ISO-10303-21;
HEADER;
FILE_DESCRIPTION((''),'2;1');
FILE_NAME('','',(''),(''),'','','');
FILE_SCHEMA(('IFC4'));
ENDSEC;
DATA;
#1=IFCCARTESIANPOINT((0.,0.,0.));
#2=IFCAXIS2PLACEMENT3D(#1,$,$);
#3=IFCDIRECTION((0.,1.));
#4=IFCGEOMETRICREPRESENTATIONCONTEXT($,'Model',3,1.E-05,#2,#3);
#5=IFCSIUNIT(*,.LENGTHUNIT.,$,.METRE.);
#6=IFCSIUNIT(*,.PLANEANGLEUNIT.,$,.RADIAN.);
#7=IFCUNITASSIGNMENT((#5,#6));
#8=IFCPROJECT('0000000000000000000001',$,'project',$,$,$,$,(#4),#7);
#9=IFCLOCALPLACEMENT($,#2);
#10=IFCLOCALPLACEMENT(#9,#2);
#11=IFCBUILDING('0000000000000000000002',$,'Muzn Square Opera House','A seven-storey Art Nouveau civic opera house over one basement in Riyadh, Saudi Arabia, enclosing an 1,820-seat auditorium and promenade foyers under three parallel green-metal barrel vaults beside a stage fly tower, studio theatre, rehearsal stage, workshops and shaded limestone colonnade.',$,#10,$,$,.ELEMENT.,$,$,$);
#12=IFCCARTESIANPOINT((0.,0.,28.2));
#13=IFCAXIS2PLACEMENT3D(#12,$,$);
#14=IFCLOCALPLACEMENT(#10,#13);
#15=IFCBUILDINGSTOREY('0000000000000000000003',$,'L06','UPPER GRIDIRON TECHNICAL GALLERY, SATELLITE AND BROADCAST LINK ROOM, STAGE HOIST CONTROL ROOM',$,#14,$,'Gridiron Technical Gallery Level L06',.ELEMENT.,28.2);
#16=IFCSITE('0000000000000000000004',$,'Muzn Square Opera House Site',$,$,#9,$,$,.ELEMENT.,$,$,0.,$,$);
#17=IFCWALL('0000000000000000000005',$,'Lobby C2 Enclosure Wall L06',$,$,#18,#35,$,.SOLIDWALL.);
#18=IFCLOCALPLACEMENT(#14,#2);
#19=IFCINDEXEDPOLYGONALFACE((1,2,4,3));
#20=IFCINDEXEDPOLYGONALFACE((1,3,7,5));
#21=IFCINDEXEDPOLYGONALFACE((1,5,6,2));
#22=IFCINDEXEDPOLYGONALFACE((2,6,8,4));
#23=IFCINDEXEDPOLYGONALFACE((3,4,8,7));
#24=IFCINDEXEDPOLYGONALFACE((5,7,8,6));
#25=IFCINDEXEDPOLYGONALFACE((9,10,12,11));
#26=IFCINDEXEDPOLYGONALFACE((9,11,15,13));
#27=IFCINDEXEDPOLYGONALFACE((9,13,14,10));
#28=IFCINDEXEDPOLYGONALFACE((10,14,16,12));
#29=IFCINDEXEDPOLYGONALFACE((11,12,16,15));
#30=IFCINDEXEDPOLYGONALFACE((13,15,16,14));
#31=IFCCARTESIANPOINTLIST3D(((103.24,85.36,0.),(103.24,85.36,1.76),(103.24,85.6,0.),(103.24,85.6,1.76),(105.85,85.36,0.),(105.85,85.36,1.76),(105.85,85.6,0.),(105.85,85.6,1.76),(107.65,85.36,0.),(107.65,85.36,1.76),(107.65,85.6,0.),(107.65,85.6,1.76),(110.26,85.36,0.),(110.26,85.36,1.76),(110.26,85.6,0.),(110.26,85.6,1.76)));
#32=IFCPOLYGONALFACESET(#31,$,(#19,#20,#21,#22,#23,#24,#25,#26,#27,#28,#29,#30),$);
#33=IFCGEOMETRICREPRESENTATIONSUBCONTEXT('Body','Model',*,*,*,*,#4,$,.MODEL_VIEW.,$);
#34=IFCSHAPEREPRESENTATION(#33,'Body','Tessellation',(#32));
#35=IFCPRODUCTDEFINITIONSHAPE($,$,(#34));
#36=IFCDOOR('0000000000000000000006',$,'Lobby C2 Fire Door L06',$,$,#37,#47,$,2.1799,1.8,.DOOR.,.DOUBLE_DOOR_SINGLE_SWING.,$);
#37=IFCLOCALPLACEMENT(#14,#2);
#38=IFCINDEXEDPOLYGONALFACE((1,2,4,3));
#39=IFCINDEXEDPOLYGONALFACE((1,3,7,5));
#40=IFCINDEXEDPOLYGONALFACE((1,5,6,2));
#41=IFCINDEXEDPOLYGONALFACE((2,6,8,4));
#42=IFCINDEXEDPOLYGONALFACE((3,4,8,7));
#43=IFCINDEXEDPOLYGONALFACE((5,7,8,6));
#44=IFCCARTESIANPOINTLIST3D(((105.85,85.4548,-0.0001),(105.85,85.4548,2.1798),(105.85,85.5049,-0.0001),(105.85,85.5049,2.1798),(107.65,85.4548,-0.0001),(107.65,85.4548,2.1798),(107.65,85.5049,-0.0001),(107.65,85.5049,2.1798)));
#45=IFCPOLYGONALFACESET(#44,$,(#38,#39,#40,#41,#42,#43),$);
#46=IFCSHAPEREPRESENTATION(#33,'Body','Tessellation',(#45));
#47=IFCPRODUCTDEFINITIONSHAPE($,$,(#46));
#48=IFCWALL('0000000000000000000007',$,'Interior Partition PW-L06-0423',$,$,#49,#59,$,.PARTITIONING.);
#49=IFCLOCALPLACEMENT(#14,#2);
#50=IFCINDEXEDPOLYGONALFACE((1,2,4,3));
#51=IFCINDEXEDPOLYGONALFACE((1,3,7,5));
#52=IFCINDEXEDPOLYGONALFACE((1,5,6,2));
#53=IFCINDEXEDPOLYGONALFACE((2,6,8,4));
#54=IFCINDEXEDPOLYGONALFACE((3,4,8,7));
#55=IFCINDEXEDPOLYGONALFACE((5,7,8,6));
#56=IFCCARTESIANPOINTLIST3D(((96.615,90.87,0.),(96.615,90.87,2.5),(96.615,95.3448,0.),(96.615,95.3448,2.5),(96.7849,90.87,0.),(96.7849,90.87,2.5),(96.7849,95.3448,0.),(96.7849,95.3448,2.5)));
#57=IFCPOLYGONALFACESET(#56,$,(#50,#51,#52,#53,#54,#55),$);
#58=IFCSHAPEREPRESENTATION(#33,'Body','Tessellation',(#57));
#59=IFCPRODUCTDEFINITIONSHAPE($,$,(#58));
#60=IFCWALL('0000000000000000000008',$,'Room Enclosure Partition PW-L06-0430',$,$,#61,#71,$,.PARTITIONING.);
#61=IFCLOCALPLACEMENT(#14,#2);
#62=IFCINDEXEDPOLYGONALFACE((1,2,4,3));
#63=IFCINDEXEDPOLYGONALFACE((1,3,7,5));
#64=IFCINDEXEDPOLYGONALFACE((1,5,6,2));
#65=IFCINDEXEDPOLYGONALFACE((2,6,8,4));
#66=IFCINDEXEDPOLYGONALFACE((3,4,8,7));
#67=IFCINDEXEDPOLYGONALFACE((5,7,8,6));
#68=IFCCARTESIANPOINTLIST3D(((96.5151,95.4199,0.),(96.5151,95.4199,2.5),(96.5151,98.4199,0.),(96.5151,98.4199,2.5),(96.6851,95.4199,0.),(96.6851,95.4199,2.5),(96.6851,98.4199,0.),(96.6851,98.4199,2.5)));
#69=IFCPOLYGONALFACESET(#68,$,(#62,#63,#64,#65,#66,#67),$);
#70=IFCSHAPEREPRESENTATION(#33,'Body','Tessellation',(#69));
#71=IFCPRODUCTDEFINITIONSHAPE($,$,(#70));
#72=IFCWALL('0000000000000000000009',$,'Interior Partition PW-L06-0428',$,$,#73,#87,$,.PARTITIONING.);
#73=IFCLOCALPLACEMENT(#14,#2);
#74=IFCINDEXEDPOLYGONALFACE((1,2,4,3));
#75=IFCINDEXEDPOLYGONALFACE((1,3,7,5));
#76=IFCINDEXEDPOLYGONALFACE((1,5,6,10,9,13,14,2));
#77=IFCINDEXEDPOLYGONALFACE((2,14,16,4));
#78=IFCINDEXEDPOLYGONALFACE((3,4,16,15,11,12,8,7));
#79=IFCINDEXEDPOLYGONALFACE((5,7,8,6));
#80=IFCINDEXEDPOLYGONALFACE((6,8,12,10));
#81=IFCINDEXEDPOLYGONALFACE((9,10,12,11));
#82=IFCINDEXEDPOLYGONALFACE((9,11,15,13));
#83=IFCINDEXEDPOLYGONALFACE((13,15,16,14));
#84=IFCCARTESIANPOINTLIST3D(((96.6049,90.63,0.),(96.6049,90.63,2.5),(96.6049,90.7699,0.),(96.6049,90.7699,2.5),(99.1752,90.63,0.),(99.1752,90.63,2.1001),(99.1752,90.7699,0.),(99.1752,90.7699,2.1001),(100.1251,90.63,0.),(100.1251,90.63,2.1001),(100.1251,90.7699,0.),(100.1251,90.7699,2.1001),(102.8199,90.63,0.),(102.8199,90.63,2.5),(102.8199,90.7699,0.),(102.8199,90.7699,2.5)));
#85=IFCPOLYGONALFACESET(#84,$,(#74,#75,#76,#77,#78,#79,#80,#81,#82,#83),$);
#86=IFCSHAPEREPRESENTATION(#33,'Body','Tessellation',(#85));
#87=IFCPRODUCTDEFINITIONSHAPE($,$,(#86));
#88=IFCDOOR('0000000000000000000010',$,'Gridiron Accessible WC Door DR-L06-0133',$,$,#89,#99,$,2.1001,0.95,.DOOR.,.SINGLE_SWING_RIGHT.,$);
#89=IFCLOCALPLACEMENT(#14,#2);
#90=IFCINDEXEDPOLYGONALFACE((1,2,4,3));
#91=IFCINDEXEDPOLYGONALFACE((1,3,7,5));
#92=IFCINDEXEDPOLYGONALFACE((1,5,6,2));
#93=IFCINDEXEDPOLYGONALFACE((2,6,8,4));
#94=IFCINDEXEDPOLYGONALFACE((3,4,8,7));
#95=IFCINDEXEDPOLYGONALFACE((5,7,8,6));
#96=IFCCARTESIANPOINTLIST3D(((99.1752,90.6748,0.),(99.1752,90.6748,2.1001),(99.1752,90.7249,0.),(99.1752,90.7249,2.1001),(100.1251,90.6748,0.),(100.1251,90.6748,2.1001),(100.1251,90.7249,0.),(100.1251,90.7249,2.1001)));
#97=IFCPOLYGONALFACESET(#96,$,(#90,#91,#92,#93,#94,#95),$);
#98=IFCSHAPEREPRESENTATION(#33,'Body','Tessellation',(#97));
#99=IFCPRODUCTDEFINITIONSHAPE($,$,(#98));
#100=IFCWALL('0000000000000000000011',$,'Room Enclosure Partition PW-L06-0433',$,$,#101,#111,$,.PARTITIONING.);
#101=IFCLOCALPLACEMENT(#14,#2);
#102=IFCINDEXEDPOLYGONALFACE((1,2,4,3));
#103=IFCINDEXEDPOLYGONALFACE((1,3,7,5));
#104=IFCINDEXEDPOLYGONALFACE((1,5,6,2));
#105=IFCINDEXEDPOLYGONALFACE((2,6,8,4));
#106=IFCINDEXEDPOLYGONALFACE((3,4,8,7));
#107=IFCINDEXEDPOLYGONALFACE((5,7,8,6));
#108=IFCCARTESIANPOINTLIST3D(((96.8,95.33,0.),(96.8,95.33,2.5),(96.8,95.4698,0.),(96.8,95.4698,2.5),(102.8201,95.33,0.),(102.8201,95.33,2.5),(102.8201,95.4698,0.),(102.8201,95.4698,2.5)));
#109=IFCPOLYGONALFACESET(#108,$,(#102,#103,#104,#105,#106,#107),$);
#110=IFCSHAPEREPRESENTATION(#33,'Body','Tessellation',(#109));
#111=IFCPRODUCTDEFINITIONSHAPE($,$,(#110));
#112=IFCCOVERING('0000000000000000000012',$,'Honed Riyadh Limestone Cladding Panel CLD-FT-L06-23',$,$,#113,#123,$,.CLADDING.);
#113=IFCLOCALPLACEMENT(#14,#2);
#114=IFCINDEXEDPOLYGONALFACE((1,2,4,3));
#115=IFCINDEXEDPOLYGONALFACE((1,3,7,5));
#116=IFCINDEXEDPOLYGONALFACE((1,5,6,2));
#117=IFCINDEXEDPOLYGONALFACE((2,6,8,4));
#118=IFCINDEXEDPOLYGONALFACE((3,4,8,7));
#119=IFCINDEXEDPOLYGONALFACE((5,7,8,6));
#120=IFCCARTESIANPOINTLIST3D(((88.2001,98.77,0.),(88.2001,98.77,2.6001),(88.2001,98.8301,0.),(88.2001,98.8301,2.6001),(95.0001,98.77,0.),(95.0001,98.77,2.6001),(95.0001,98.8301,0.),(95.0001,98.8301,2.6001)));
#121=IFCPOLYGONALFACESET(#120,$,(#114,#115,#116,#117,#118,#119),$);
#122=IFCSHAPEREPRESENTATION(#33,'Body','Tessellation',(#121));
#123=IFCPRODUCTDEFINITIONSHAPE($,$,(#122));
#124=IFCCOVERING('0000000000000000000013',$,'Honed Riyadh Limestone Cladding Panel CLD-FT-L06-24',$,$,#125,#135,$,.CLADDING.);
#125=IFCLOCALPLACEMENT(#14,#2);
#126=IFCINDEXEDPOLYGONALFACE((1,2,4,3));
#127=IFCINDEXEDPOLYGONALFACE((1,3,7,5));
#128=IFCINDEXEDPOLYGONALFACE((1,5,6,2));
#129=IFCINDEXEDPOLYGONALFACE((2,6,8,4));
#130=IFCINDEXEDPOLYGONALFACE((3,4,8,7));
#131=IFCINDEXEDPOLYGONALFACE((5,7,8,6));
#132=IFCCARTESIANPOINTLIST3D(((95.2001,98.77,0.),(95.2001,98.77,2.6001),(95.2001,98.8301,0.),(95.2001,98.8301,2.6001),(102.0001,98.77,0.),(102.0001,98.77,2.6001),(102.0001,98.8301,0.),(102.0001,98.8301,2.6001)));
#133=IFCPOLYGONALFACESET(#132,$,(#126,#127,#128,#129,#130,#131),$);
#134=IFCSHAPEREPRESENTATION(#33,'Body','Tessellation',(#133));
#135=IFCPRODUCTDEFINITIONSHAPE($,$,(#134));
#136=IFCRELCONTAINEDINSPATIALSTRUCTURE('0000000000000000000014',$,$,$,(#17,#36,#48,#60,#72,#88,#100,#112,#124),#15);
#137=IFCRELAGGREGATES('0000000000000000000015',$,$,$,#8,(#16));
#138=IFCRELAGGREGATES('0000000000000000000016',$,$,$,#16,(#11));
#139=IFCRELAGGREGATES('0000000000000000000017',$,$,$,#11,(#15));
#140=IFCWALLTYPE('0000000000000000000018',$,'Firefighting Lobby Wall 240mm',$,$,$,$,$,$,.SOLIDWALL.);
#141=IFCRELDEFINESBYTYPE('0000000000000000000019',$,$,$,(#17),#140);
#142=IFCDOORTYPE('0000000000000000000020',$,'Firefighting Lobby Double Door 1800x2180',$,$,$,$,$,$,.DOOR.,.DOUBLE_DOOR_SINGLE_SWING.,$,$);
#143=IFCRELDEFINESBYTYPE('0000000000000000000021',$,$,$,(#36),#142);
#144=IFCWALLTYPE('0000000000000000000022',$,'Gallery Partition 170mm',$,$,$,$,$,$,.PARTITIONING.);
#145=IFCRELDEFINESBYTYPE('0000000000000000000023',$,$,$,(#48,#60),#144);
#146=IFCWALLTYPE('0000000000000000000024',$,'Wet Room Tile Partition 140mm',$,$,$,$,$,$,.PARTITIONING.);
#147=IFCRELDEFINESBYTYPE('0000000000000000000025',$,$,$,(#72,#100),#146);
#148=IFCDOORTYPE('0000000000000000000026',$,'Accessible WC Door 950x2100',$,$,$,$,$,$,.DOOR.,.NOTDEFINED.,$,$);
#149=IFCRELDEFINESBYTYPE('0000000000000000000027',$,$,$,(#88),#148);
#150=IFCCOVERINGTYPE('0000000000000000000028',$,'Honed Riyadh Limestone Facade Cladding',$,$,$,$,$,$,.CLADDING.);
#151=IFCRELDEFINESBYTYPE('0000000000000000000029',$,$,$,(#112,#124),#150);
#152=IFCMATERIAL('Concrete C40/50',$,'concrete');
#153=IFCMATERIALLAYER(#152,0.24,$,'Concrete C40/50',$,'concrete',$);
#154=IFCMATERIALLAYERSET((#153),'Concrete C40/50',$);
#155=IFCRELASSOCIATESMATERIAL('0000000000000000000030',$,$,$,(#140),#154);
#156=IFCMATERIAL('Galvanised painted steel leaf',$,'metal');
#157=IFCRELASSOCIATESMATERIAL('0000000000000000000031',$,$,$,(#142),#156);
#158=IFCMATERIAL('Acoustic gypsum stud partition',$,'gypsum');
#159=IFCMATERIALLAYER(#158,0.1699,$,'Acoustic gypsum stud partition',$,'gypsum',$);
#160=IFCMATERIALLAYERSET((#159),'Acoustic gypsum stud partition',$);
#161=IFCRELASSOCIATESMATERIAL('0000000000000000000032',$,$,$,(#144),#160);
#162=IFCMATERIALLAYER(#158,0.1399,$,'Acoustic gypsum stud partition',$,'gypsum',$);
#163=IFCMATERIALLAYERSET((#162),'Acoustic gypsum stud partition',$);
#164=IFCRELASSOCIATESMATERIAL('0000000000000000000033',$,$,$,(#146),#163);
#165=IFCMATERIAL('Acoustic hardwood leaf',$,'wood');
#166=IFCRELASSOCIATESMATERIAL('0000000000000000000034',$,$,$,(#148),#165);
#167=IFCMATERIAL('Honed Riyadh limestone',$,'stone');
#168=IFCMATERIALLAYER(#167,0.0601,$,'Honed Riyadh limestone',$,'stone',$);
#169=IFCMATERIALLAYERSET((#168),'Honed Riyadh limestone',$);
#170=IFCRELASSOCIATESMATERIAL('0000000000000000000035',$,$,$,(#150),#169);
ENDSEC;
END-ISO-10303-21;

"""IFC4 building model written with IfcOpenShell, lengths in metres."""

from ifc_helpers import new_model, si_unit, direction, frame, frame_2d, origin, origin_2d, place, context, subcontext, project, spatial, rectangle, extrude, material, layer, layer_set, type_object, element, fill, save


model = new_model("IFC4")

# Units and contexts
model_context = context("Model", 3, precision=1e-05, world=origin(), true_north=direction((0.0, 1.0)))
body_context = subcontext(model_context, "Body", "Model", "MODEL_VIEW")
ifc_project = project(units=[si_unit("LENGTHUNIT", "METRE"), si_unit("PLANEANGLEUNIT", "RADIAN")], contexts=[model_context])

# Site, building, storey
site_placement = place(None, origin())
site = spatial("IfcSite", under=ifc_project, at=site_placement, Name="Muzn Square Opera House Site", CompositionType="ELEMENT", RefElevation=0.0)
building_placement = place(site_placement, origin())
building = spatial("IfcBuilding", under=site, at=building_placement, Name="Muzn Square Opera House", Description="A seven-storey Art Nouveau civic opera house over one basement in Riyadh, Saudi Arabia, enclosing an 1,820-seat auditorium and promenade foyers under three parallel green-metal barrel vaults beside a stage fly tower, studio theatre, rehearsal stage, workshops and shaded limestone colonnade.", CompositionType="ELEMENT")
storey_placement = place(building_placement, frame((0.0, 0.0, 28.2)))
storey = spatial("IfcBuildingStorey", under=building, at=storey_placement, Name="L06", Description="UPPER GRIDIRON TECHNICAL GALLERY, SATELLITE AND BROADCAST LINK ROOM, STAGE HOIST CONTROL ROOM", LongName="Gridiron Technical Gallery Level L06", CompositionType="ELEMENT", Elevation=28.2)

# Shared definitions
ifc_material_1 = material(Name="Concrete C40/50", Category="concrete")

# Shared definitions
ifc_material_2 = material(Name="Galvanised painted steel leaf", Category="metal")

# Wall, opening, door
ifc_layer_1 = layer(ifc_material_1, 0.24, Name="Concrete C40/50", Category="concrete")
ifc_layer_set_1 = layer_set([ifc_layer_1], Name="Concrete C40/50")
wall_type_1 = type_object("IfcWallType", Name="Firefighting Lobby Wall 240mm", PredefinedType="SOLIDWALL", material=ifc_layer_set_1)
wall_1_placement = place(storey_placement, frame((103.24, 85.48, 0.0), z_axis=(0.0, 0.0, 1.0), x_axis=(1.0, 0.0, 0.0)))
wall_1 = element("IfcWall", 1, at=wall_1_placement, inside=storey, type_object=wall_type_1, Name="Lobby C2 Enclosure Wall L06", PredefinedType="SOLIDWALL", context=body_context, shape_type="SweptSolid", body=[
    extrude(rectangle(XDim=7.02, YDim=0.24, at=frame_2d((3.51, 0.0))), origin(), (0.0, 0.0, 1.0), 1.76),
])
opening_1_placement = place(wall_1_placement, frame((2.6101, 0.0, 0.0)))
opening_1 = element("IfcOpeningElement", 2, at=opening_1_placement, cuts=wall_1, PredefinedType="OPENING", context=body_context, shape_type="SweptSolid", body=[
    extrude(rectangle(XDim=1.8, YDim=2.1799, at=frame_2d((0.8999, 1.0898))), frame((0.0, 0.1299, 0.0), z_axis=(0.0, -1.0, 0.0), x_axis=(1.0, 0.0, 0.0)), (0.0, 0.0, 1.0), 0.26),
])
door_type_1 = type_object("IfcDoorType", Name="Firefighting Lobby Double Door 1800x2180", OperationType="DOUBLE_DOOR_SINGLE_SWING", PredefinedType="DOOR", material=ifc_material_2)
door_1_placement = place(opening_1_placement, origin())
door_1 = element("IfcDoor", 3, at=door_1_placement, inside=storey, type_object=door_type_1, Name="Lobby C2 Fire Door L06", OperationType="DOUBLE_DOOR_SINGLE_SWING", OverallHeight=2.1799, OverallWidth=1.8, PredefinedType="DOOR", context=body_context, shape_type="SweptSolid", body=[
    extrude(rectangle(XDim=1.8, YDim=2.1799, at=frame_2d((0.8999, 1.0898))), frame((0.0, 0.0249, 0.0), z_axis=(0.0, -1.0, 0.0), x_axis=(1.0, 0.0, 0.0)), (0.0, 0.0, 1.0), 0.05),
])
fill(opening_1, door_1)

# Walls
ifc_material_3 = material(Name="Acoustic gypsum stud partition", Category="gypsum")
ifc_layer_2 = layer(ifc_material_3, 0.1699, Name="Acoustic gypsum stud partition", Category="gypsum")
ifc_layer_set_2 = layer_set([ifc_layer_2], Name="Acoustic gypsum stud partition")
wall_type_2 = type_object("IfcWallType", Name="Gallery Partition 170mm", PredefinedType="PARTITIONING", material=ifc_layer_set_2)
wall_2_placement = place(storey_placement, frame((96.7, 90.8701, 0.0), z_axis=(0.0, 0.0, 1.0), x_axis=(0.0, 1.0, 0.0)))
element("IfcWall", 4, at=wall_2_placement, inside=storey, type_object=wall_type_2, Name="Interior Partition PW-L06-0423", PredefinedType="PARTITIONING", context=body_context, shape_type="SweptSolid", body=[
    extrude(rectangle(XDim=4.4749, YDim=0.1699, at=frame_2d((2.2373, 0.0))), origin(), (0.0, 0.0, 1.0), 2.5),
])
wall_3_placement = place(storey_placement, frame((96.6001, 95.4199, 0.0), z_axis=(0.0, 0.0, 1.0), x_axis=(0.0, 1.0, 0.0)))
element("IfcWall", 5, at=wall_3_placement, inside=storey, type_object=wall_type_2, Name="Room Enclosure Partition PW-L06-0430", PredefinedType="PARTITIONING", context=body_context, shape_type="SweptSolid", body=[
    extrude(rectangle(XDim=3.0, YDim=0.1699, at=frame_2d((1.5, 0.0))), origin(), (0.0, 0.0, 1.0), 2.5),
])

# Wall, opening, door
ifc_layer_3 = layer(ifc_material_3, 0.1399, Name="Acoustic gypsum stud partition", Category="gypsum")
ifc_layer_set_3 = layer_set([ifc_layer_3], Name="Acoustic gypsum stud partition")
wall_type_3 = type_object("IfcWallType", Name="Wet Room Tile Partition 140mm", PredefinedType="PARTITIONING", material=ifc_layer_set_3)
wall_4_placement = place(storey_placement, frame((96.605, 90.7, 0.0), z_axis=(0.0, 0.0, 1.0), x_axis=(1.0, 0.0, 0.0)))
wall_4 = element("IfcWall", 6, at=wall_4_placement, inside=storey, type_object=wall_type_3, Name="Interior Partition PW-L06-0428", PredefinedType="PARTITIONING", context=body_context, shape_type="SweptSolid", body=[
    extrude(rectangle(XDim=6.2151, YDim=0.1399, at=frame_2d((3.1074, 0.0))), origin(), (0.0, 0.0, 1.0), 2.5),
])
opening_2_placement = place(wall_4_placement, frame((2.5701, 0.0, 0.0)))
opening_2 = element("IfcOpeningElement", 7, at=opening_2_placement, cuts=wall_4, PredefinedType="OPENING", context=body_context, shape_type="SweptSolid", body=[
    extrude(rectangle(XDim=0.95, YDim=2.1001, at=frame_2d((0.4751, 1.05))), frame((0.0, 0.0798, 0.0), z_axis=(0.0, -1.0, 0.0), x_axis=(1.0, 0.0, 0.0)), (0.0, 0.0, 1.0), 0.1599),
])
ifc_material_4 = material(Name="Acoustic hardwood leaf", Category="wood")
door_type_2 = type_object("IfcDoorType", Name="Accessible WC Door 950x2100", OperationType="NOTDEFINED", PredefinedType="DOOR", material=ifc_material_4)
door_2_placement = place(opening_2_placement, origin())
door_2 = element("IfcDoor", 8, at=door_2_placement, inside=storey, type_object=door_type_2, Name="Gridiron Accessible WC Door DR-L06-0133", OperationType="SINGLE_SWING_RIGHT", OverallHeight=2.1001, OverallWidth=0.95, PredefinedType="DOOR", context=body_context, shape_type="SweptSolid", body=[
    extrude(rectangle(XDim=0.95, YDim=2.1001, at=frame_2d((0.4751, 1.05))), frame((0.0, 0.0249, 0.0), z_axis=(0.0, -1.0, 0.0), x_axis=(1.0, 0.0, 0.0)), (0.0, 0.0, 1.0), 0.05),
])
fill(opening_2, door_2)

# Wall
wall_5_placement = place(storey_placement, frame((96.8, 95.3999, 0.0), z_axis=(0.0, 0.0, 1.0), x_axis=(1.0, 0.0, 0.0)))
element("IfcWall", 9, at=wall_5_placement, inside=storey, type_object=wall_type_3, Name="Room Enclosure Partition PW-L06-0433", PredefinedType="PARTITIONING", context=body_context, shape_type="SweptSolid", body=[
    extrude(rectangle(XDim=6.02, YDim=0.1399, at=frame_2d((3.01, 0.0))), origin(), (0.0, 0.0, 1.0), 2.5),
])

# Coverings
ifc_material_5 = material(Name="Honed Riyadh limestone", Category="stone")
ifc_layer_4 = layer(ifc_material_5, 0.0601, Name="Honed Riyadh limestone", Category="stone")
ifc_layer_set_4 = layer_set([ifc_layer_4], Name="Honed Riyadh limestone")
covering_type = type_object("IfcCoveringType", Name="Honed Riyadh Limestone Facade Cladding", PredefinedType="CLADDING", material=ifc_layer_set_4)
for number, where, z_axis, x_axis, name in (
    (10, (91.6001, 98.8, 0.0), (0.0, 0.0, 1.0), (1.0, 0.0, 0.0), "Honed Riyadh Limestone Cladding Panel CLD-FT-L06-23"),
    (11, (98.6001, 98.8, 0.0), (0.0, 0.0, 1.0), (1.0, 0.0, 0.0), "Honed Riyadh Limestone Cladding Panel CLD-FT-L06-24"),
):
    element("IfcCovering", number, at=place(storey_placement, frame(where, z_axis=z_axis, x_axis=x_axis)), inside=storey, type_object=covering_type, Name=name, PredefinedType="CLADDING", context=body_context, shape_type="SweptSolid", body=[
        extrude(rectangle(XDim=6.8, YDim=0.0601, at=origin_2d()), origin(), (0.0, 0.0, 1.0), 2.6001),
    ])

save(model, "model.ifc")
